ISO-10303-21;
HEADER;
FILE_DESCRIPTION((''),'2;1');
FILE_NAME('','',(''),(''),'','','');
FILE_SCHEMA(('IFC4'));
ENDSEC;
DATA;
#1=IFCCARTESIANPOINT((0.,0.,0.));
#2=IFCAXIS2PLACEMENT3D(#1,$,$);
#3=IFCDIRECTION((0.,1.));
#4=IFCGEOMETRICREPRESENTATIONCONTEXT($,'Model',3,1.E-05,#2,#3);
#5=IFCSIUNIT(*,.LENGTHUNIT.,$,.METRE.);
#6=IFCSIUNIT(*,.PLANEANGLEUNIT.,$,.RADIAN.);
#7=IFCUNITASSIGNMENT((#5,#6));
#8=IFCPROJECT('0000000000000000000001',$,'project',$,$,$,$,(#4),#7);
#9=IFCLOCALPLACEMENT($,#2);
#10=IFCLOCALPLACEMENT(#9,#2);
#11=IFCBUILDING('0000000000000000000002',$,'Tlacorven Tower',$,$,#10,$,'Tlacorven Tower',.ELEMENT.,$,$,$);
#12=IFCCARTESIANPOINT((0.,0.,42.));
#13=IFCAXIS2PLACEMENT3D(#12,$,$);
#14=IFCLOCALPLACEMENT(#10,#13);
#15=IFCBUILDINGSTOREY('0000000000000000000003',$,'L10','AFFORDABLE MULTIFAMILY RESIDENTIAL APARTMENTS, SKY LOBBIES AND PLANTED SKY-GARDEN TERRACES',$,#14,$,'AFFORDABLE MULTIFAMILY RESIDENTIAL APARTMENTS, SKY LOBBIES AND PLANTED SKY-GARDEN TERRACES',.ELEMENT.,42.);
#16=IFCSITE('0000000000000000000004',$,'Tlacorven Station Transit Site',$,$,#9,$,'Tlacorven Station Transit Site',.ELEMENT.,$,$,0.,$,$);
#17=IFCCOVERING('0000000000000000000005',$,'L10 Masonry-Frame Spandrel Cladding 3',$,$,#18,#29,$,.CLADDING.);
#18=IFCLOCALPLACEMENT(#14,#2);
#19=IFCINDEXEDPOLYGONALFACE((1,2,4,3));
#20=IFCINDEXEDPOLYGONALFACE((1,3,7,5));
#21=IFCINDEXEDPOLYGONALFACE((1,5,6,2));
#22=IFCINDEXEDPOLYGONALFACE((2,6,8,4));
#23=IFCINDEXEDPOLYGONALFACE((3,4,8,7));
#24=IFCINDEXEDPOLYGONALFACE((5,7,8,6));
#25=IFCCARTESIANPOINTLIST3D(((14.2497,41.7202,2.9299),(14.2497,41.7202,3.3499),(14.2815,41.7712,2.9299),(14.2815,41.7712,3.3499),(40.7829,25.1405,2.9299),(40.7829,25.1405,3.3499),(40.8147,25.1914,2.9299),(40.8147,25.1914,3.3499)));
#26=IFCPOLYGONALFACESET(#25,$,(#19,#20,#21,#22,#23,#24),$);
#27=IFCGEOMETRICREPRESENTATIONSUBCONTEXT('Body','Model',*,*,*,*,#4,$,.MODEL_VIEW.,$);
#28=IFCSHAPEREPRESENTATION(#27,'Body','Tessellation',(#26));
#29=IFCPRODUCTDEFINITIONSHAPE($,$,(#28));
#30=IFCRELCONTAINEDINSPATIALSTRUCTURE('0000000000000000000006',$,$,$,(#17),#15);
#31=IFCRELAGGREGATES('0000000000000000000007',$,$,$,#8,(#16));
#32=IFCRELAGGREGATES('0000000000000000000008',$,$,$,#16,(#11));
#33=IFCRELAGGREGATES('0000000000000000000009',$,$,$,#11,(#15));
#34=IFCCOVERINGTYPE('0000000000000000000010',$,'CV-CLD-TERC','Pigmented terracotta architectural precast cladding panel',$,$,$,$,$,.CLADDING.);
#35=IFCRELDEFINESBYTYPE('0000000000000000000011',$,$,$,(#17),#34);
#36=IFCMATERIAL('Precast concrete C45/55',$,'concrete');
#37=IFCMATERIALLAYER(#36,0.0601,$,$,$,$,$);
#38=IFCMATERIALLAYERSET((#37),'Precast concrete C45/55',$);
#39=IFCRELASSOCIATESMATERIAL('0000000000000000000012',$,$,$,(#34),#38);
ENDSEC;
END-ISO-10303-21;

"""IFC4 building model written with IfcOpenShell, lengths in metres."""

from ifc_helpers import new_model, si_unit, direction, frame, origin, origin_2d, place, context, subcontext, project, spatial, rectangle, extrude, source, transform, mapped, material, layer, layer_set, type_object, element, save


model = new_model("IFC4")

# Units and contexts
model_context = context("Model", 3, precision=1e-05, world=origin(), true_north=direction((0.0, 1.0)))
body_context = subcontext(model_context, "Body", "Model", "MODEL_VIEW")
ifc_project = project(units=[si_unit("LENGTHUNIT", "METRE"), si_unit("PLANEANGLEUNIT", "RADIAN")], contexts=[model_context])

# Site, building, storey
site_placement = place(None, origin())
site = spatial("IfcSite", under=ifc_project, at=site_placement, Name="Tlacorven Station Transit Site", LongName="Tlacorven Station Transit Site", CompositionType="ELEMENT", RefElevation=0.0)
building_placement = place(site_placement, origin())
building = spatial("IfcBuilding", under=site, at=building_placement, Name="Tlacorven Tower", LongName="Tlacorven Tower", CompositionType="ELEMENT")
storey_placement = place(building_placement, frame((0.0, 0.0, 42.0)))
storey = spatial("IfcBuildingStorey", under=building, at=storey_placement, Name="L10", Description="AFFORDABLE MULTIFAMILY RESIDENTIAL APARTMENTS, SKY LOBBIES AND PLANTED SKY-GARDEN TERRACES", LongName="AFFORDABLE MULTIFAMILY RESIDENTIAL APARTMENTS, SKY LOBBIES AND PLANTED SKY-GARDEN TERRACES", CompositionType="ELEMENT", Elevation=42.0)

# Covering
ifc_material_1 = material(Name="Precast concrete C45/55", Category="concrete")
ifc_layer_1 = layer(ifc_material_1, 0.0601)
ifc_layer_set_1 = layer_set([ifc_layer_1], Name="Precast concrete C45/55")
covering_type = type_object("IfcCoveringType", Name="CV-CLD-TERC", Description="Pigmented terracotta architectural precast cladding panel", PredefinedType="CLADDING", material=ifc_layer_set_1)
shared_shape_1 = source(origin(), body_context, "Body", "SweptSolid", [
    extrude(rectangle(XDim=31.2874, YDim=0.0601, at=origin_2d()), origin(), (0.0, 0.0, 1.0), 0.4199),
])
covering_placement = place(storey_placement, frame((27.5322, 33.4558, 2.9299), z_axis=(0.0, 0.0, 1.0), x_axis=(0.848048, -0.529919, 0.0)))
element("IfcCovering", 1, at=covering_placement, inside=storey, type_object=covering_type, Name="L10 Masonry-Frame Spandrel Cladding 3", PredefinedType="CLADDING", context=body_context, shape_type="MappedRepresentation", body=[
    mapped(shared_shape_1, transform((0.0, 0.0, 0.0), scale=1.0)),
])

save(model, "model.ifc")
